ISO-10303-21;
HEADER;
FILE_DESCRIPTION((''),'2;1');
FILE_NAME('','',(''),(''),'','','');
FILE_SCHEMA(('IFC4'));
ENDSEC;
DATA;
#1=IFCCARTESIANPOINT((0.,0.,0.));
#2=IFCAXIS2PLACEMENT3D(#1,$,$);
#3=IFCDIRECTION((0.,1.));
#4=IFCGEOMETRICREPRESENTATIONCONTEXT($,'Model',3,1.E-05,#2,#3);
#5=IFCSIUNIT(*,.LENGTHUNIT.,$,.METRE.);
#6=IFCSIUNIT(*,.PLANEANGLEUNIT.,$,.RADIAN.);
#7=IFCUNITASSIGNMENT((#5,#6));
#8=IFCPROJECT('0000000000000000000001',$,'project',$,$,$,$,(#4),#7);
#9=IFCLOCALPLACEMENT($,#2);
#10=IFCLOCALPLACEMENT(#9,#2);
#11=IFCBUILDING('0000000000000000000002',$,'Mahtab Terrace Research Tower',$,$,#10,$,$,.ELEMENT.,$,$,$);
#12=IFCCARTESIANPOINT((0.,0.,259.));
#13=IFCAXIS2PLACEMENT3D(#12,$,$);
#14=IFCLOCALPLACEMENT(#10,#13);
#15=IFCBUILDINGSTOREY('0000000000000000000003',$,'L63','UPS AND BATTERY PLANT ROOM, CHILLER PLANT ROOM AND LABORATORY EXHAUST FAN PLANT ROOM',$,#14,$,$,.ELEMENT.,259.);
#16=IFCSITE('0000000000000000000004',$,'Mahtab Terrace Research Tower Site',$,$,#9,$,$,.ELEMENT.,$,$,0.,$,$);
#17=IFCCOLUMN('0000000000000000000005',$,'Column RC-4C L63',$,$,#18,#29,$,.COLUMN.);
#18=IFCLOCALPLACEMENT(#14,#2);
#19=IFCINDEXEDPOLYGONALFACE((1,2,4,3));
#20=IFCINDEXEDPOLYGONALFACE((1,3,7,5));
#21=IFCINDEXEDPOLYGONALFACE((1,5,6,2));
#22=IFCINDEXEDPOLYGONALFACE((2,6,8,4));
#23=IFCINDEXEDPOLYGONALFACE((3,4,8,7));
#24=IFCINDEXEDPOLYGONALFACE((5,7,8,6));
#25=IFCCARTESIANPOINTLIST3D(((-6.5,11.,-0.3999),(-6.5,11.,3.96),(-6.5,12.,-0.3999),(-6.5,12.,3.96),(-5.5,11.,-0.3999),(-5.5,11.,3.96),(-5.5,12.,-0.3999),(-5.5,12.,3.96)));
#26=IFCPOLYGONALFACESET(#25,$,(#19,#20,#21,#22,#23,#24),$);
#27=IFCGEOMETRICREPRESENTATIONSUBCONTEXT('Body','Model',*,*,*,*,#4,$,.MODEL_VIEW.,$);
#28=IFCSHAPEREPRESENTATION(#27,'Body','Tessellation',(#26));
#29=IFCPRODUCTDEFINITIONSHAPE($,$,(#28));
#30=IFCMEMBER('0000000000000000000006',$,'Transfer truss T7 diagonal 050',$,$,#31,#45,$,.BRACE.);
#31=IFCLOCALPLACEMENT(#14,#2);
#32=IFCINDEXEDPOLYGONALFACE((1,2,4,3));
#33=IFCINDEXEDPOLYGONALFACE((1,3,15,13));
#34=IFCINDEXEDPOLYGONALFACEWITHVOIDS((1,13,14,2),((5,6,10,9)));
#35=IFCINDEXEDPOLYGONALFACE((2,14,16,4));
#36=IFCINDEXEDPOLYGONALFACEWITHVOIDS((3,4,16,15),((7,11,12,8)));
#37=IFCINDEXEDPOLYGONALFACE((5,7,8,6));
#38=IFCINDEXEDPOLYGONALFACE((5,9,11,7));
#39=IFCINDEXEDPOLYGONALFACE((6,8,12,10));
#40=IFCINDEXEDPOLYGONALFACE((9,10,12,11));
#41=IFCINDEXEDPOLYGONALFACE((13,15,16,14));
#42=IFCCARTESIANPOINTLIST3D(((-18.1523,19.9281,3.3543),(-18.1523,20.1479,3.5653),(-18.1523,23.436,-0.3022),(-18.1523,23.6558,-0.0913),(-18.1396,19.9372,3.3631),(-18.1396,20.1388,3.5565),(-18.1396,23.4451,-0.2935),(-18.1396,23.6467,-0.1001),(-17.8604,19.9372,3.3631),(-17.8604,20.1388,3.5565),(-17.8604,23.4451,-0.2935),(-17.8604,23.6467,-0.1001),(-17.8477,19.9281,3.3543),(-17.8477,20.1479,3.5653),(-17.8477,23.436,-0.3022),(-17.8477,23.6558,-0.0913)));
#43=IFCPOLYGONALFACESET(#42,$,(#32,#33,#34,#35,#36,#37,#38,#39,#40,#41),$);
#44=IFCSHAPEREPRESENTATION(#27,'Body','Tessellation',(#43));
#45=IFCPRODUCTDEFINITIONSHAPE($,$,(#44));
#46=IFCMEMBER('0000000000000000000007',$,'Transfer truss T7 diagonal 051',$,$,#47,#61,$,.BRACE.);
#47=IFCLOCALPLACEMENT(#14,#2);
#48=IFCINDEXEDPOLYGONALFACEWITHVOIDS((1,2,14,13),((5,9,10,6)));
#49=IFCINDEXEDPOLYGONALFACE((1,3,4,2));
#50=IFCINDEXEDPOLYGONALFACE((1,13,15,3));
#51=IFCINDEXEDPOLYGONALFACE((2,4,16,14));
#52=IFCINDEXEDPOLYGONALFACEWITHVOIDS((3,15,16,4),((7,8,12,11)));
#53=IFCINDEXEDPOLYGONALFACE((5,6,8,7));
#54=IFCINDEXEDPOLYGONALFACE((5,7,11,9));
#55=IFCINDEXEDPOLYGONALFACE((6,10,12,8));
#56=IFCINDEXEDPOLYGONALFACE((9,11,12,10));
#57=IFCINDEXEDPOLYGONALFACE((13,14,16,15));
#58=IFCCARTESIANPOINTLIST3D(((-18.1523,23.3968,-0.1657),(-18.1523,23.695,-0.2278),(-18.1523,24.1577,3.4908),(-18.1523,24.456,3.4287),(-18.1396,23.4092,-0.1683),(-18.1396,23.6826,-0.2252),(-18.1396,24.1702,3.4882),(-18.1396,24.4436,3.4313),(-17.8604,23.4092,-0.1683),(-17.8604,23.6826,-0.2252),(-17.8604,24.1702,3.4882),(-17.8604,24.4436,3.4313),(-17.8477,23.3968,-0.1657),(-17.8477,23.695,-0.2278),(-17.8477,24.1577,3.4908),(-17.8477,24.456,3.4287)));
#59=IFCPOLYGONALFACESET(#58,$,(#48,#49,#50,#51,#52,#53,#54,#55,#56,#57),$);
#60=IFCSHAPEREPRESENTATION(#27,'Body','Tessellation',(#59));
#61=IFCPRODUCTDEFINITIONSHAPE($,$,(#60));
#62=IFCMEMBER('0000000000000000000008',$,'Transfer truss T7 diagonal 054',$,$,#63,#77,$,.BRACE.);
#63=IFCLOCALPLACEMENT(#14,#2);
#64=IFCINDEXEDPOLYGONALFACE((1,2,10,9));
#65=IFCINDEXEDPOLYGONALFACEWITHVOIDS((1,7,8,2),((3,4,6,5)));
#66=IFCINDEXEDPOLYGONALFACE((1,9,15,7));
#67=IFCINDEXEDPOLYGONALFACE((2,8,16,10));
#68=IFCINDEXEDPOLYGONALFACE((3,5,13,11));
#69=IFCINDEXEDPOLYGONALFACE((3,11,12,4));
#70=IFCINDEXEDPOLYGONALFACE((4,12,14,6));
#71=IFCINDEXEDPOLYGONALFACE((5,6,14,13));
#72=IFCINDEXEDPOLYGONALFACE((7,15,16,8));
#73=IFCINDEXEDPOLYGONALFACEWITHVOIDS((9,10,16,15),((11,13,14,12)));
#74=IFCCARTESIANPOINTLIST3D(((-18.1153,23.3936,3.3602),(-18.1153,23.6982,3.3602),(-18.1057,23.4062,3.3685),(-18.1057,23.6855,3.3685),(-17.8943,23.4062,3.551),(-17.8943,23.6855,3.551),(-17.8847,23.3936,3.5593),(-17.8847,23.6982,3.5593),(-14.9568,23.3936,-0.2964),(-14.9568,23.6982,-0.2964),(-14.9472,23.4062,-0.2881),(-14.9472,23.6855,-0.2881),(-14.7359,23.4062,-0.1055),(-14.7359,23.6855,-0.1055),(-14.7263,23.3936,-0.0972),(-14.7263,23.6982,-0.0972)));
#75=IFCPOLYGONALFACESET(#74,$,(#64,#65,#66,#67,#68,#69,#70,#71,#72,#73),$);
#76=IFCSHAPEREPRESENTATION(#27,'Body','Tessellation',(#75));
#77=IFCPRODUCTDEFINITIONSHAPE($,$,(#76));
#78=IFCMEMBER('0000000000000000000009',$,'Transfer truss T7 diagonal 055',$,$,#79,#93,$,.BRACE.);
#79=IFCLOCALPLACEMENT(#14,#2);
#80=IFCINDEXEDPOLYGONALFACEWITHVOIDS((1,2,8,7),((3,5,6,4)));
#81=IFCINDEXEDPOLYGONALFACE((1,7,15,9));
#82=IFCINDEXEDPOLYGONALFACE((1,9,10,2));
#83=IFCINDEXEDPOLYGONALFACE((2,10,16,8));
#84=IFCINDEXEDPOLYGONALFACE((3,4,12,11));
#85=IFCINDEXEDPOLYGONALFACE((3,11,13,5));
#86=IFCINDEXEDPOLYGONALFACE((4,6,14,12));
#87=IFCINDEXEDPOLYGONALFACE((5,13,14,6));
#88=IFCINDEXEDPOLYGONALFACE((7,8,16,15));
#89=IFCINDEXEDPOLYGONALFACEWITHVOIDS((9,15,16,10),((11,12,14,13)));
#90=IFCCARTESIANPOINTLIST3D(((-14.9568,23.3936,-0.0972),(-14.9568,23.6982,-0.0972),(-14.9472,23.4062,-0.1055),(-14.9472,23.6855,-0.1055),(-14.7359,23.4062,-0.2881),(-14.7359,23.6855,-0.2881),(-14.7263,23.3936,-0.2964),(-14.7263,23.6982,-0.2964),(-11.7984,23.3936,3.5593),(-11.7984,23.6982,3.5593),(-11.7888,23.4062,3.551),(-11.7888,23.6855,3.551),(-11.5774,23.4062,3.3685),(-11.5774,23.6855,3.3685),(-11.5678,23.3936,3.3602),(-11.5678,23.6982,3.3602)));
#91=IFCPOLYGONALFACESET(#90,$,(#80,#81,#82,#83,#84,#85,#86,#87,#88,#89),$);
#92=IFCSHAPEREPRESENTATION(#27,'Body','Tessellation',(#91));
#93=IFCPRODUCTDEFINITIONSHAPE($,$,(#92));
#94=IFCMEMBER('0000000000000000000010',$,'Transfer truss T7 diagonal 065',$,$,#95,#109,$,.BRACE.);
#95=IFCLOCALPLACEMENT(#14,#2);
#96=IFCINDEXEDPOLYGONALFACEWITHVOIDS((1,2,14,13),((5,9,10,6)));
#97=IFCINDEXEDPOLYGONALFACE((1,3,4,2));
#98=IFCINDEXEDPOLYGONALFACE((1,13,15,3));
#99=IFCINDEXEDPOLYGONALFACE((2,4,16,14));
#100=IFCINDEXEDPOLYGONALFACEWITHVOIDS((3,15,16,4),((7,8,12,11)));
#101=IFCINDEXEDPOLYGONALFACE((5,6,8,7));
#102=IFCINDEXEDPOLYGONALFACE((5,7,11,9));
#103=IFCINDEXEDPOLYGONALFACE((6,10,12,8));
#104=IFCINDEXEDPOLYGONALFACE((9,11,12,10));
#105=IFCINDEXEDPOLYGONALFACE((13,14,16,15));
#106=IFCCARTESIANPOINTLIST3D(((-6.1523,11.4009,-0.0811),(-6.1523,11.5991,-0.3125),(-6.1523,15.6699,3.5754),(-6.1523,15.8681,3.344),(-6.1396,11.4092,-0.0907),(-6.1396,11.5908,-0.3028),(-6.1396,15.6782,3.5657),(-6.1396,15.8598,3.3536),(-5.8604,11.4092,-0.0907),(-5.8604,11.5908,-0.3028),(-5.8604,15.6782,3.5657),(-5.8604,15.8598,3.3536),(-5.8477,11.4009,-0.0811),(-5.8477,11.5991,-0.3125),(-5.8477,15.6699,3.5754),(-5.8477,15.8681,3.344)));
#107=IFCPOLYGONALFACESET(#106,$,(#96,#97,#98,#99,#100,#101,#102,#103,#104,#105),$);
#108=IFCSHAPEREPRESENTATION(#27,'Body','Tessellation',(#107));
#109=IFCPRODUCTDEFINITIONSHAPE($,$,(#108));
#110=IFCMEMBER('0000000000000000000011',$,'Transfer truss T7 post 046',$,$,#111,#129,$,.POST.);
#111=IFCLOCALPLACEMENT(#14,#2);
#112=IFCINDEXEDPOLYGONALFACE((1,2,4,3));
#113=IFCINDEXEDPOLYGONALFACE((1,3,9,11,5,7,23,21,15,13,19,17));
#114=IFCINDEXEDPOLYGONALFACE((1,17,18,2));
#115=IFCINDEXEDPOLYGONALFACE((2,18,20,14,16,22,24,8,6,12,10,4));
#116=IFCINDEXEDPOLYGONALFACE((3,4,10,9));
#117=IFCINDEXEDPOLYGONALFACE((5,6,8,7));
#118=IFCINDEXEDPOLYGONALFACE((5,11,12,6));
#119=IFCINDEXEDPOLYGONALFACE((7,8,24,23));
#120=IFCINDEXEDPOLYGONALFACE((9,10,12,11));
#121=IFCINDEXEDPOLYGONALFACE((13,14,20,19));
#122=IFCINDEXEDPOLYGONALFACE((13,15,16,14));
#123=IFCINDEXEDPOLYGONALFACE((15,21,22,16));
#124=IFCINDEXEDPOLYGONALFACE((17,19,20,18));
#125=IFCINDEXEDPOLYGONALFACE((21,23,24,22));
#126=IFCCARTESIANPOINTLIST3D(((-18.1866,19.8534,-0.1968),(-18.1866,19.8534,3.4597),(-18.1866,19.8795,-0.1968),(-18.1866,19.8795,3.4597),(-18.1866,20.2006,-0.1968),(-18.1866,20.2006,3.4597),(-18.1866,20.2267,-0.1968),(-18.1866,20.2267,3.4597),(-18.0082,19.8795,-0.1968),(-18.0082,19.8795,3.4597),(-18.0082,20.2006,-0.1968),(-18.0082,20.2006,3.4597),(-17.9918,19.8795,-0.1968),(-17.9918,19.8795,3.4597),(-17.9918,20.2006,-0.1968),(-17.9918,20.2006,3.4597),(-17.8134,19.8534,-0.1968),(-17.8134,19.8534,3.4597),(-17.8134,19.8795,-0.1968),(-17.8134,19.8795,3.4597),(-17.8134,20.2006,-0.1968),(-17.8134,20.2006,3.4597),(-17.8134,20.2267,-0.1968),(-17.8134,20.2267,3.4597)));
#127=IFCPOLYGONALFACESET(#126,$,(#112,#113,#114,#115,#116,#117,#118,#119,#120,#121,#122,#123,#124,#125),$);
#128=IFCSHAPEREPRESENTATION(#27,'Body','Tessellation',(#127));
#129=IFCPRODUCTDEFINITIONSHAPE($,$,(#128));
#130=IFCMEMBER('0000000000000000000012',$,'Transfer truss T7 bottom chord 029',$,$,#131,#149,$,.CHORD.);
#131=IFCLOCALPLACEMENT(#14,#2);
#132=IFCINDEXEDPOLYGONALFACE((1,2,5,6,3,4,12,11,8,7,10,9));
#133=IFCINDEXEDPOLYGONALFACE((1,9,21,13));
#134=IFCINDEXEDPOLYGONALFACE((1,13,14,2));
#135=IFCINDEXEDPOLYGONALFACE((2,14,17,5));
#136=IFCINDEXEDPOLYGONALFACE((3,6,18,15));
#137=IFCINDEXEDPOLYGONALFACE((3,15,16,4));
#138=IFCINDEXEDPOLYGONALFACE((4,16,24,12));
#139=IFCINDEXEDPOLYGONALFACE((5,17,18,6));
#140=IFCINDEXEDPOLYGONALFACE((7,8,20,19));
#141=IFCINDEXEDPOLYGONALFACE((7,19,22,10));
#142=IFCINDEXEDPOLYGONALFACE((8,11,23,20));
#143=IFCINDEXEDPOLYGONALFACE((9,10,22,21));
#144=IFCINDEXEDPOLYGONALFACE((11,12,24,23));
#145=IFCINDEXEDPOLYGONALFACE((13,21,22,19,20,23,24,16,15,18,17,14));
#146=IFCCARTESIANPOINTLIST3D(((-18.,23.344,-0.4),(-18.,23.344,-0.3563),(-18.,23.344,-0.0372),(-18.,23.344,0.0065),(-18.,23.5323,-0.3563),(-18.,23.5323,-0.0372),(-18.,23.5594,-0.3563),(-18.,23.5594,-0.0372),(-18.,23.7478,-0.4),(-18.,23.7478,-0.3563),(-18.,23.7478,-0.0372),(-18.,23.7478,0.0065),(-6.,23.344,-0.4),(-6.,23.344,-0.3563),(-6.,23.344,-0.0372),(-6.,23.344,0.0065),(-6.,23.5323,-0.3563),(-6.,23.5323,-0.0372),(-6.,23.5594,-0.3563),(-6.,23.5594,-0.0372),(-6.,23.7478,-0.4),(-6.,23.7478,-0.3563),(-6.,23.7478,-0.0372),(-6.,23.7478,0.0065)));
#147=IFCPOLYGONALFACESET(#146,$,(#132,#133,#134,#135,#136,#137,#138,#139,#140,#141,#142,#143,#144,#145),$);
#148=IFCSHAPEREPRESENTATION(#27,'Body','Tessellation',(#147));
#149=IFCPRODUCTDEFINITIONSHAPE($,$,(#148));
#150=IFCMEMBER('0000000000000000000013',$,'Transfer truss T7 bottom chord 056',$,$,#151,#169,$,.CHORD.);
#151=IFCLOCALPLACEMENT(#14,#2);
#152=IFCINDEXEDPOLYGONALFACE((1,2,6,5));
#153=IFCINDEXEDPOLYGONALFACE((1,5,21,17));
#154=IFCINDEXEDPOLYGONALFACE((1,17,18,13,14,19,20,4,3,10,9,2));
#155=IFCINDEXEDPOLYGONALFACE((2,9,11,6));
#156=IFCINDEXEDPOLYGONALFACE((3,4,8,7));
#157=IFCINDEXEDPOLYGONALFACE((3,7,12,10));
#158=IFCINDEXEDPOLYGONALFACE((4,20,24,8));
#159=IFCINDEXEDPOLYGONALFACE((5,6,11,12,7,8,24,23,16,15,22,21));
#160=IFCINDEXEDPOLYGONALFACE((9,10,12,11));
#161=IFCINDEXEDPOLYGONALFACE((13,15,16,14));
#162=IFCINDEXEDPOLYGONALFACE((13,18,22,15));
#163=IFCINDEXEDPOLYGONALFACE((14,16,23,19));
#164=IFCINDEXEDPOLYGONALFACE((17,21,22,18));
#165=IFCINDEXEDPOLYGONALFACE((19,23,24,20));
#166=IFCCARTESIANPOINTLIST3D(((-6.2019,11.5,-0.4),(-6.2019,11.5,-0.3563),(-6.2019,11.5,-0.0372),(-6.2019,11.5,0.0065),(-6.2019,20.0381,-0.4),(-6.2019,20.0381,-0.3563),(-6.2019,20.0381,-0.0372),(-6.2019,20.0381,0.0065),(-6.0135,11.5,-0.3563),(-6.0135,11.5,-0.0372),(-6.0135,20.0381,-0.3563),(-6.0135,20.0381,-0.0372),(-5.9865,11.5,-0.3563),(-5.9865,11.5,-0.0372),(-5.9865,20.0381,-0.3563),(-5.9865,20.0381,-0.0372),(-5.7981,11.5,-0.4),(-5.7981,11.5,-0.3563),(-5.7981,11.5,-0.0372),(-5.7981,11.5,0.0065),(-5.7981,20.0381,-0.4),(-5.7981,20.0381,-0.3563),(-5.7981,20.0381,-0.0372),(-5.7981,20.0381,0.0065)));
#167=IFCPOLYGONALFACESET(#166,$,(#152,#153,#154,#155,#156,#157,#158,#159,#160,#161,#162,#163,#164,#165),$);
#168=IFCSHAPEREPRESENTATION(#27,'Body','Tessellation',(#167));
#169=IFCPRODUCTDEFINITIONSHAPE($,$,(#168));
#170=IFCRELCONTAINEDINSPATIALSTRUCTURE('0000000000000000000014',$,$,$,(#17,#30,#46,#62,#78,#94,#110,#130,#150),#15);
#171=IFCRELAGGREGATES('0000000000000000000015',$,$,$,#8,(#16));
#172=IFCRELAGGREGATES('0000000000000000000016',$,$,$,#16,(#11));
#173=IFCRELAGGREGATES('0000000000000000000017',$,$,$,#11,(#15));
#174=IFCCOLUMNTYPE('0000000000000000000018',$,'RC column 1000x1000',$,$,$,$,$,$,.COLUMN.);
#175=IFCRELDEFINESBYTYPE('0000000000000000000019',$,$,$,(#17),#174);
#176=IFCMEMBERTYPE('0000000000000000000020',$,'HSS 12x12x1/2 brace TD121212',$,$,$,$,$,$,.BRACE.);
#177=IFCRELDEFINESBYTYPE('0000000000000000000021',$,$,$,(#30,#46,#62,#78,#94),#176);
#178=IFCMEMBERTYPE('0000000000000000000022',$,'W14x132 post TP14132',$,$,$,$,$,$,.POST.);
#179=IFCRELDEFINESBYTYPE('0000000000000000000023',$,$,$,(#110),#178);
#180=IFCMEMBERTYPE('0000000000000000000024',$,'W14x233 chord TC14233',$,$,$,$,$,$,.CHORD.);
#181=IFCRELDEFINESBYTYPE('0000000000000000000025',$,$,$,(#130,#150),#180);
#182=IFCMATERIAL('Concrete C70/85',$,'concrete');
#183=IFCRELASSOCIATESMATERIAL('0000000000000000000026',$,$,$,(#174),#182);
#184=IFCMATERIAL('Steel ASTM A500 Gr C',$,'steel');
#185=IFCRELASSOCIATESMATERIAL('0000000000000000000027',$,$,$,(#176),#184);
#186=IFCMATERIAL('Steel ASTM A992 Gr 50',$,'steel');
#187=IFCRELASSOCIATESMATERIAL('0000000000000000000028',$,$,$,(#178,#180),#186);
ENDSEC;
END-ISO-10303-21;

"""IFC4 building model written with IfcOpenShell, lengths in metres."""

from ifc_helpers import new_model, si_unit, direction, frame, origin, origin_2d, place, context, subcontext, project, spatial, rectangle, hollow_rectangle, i_section, extrude, material, material_profile, profile_set, type_object, element, save


model = new_model("IFC4")

# Units and contexts
model_context = context("Model", 3, precision=1e-05, world=origin(), true_north=direction((0.0, 1.0)))
body_context = subcontext(model_context, "Body", "Model", "MODEL_VIEW")
ifc_project = project(units=[si_unit("LENGTHUNIT", "METRE"), si_unit("PLANEANGLEUNIT", "RADIAN")], contexts=[model_context])

# Site, building, storey
site_placement = place(None, origin())
site = spatial("IfcSite", under=ifc_project, at=site_placement, Name="Mahtab Terrace Research Tower Site", CompositionType="ELEMENT", RefElevation=0.0)
building_placement = place(site_placement, origin())
building = spatial("IfcBuilding", under=site, at=building_placement, Name="Mahtab Terrace Research Tower", CompositionType="ELEMENT")
storey_placement = place(building_placement, frame((0.0, 0.0, 259.0)))
storey = spatial("IfcBuildingStorey", under=building, at=storey_placement, Name="L63", Description="UPS AND BATTERY PLANT ROOM, CHILLER PLANT ROOM AND LABORATORY EXHAUST FAN PLANT ROOM", CompositionType="ELEMENT", Elevation=259.0)

# Column
ifc_material_1 = material(Name="Concrete C70/85", Category="concrete")
ifc_material_profile_1 = material_profile(ifc_material_1, rectangle(XDim=1.0, YDim=1.0, at=origin_2d()), Name="RC column 1000x1000")
ifc_profile_set_1 = profile_set([ifc_material_profile_1], Name="Concrete C70/85")
column_type = type_object("IfcColumnType", Name="RC column 1000x1000", PredefinedType="COLUMN", material=ifc_profile_set_1)
column_placement = place(storey_placement, frame((-6.0, 11.5, -0.3999), z_axis=(0.0, 0.0, 1.0), x_axis=(1.0, 0.0, 0.0)))
element("IfcColumn", 1, at=column_placement, inside=storey, type_object=column_type, Name="Column RC-4C L63", PredefinedType="COLUMN", context=body_context, shape_type="SweptSolid", body=[
    extrude(rectangle(XDim=1.0, YDim=1.0, at=origin_2d()), origin(), (0.0, 0.0, 1.0), 4.3599),
])

# Members
ifc_material_2 = material(Name="Steel ASTM A500 Gr C", Category="steel")
ifc_material_profile_2 = material_profile(ifc_material_2, hollow_rectangle(XDim=0.3047, YDim=0.3047, WallThickness=0.0127, at=origin_2d()), Name="HSS12X12X1/2")
ifc_profile_set_2 = profile_set([ifc_material_profile_2], Name="Steel ASTM A500 Gr C")
member_type_1 = type_object("IfcMemberType", Name="HSS 12x12x1/2 brace TD121212", PredefinedType="BRACE", material=ifc_profile_set_2)
member_1_placement = place(storey_placement, frame((-18.0, 23.5459, -0.1968), z_axis=(0.0, -0.692283, 0.721626), x_axis=(1.0, 0.0, 0.0)))
element("IfcMember", 2, at=member_1_placement, inside=storey, type_object=member_type_1, Name="Transfer truss T7 diagonal 050", PredefinedType="BRACE", context=body_context, shape_type="SweptSolid", body=[
    extrude(hollow_rectangle(XDim=0.3047, YDim=0.3047, WallThickness=0.0127, at=origin_2d()), origin(), (0.0, 0.0, 1.0), 5.0671),
])
member_2_placement = place(storey_placement, frame((-18.0, 23.5459, -0.1968), z_axis=(0.0, 0.203753, 0.979022), x_axis=(-1.0, 0.0, 0.0)))
element("IfcMember", 3, at=member_2_placement, inside=storey, type_object=member_type_1, Name="Transfer truss T7 diagonal 051", PredefinedType="BRACE", context=body_context, shape_type="SweptSolid", body=[
    extrude(hollow_rectangle(XDim=0.3047, YDim=0.3047, WallThickness=0.0127, at=origin_2d()), origin(), (0.0, 0.0, 1.0), 3.7349),
])
for number, where, z_axis, x_axis, name in (
    (4, (-14.8416, 23.5459, -0.1968), (-0.653687, 0.0, 0.756765), (0.0, -1.0, 0.0), "Transfer truss T7 diagonal 054"),
    (5, (-14.8416, 23.5459, -0.1968), (0.653687, 0.0, 0.756765), (0.0, 1.0, 0.0), "Transfer truss T7 diagonal 055"),
):
    element("IfcMember", number, at=place(storey_placement, frame(where, z_axis=z_axis, x_axis=x_axis)), inside=storey, type_object=member_type_1, Name=name, PredefinedType="BRACE", context=body_context, shape_type="SweptSolid", body=[
        extrude(hollow_rectangle(XDim=0.3047, YDim=0.3047, WallThickness=0.0127, at=origin_2d()), origin(), (0.0, 0.0, 1.0), 4.8318),
    ])
member_3_placement = place(storey_placement, frame((-6.0, 11.5, -0.1968), z_axis=(0.0, 0.759493, 0.650516), x_axis=(-1.0, 0.0, 0.0)))
element("IfcMember", 6, at=member_3_placement, inside=storey, type_object=member_type_1, Name="Transfer truss T7 diagonal 065", PredefinedType="BRACE", context=body_context, shape_type="SweptSolid", body=[
    extrude(hollow_rectangle(XDim=0.3047, YDim=0.3047, WallThickness=0.0127, at=origin_2d()), origin(), (0.0, 0.0, 1.0), 5.6208),
])
ifc_material_3 = material(Name="Steel ASTM A992 Gr 50", Category="steel")
ifc_material_profile_3 = material_profile(ifc_material_3, i_section(OverallWidth=0.3733, OverallDepth=0.3733, WebThickness=0.0164, FlangeThickness=0.0261, at=origin_2d()), Name="W14X132")
ifc_profile_set_3 = profile_set([ifc_material_profile_3], Name="Steel ASTM A992 Gr 50")
member_type_2 = type_object("IfcMemberType", Name="W14x132 post TP14132", PredefinedType="POST", material=ifc_profile_set_3)
member_4_placement = place(storey_placement, frame((-18.0, 20.04, -0.1968), z_axis=(0.0, 0.0, 1.0), x_axis=(1.0, 0.0, 0.0)))
element("IfcMember", 7, at=member_4_placement, inside=storey, type_object=member_type_2, Name="Transfer truss T7 post 046", PredefinedType="POST", context=body_context, shape_type="SweptSolid", body=[
    extrude(i_section(OverallWidth=0.3733, OverallDepth=0.3733, WebThickness=0.0164, FlangeThickness=0.0261, at=origin_2d()), origin(), (0.0, 0.0, 1.0), 3.6565),
])
ifc_material_profile_4 = material_profile(ifc_material_3, i_section(OverallWidth=0.4038, OverallDepth=0.4065, WebThickness=0.0271, FlangeThickness=0.0437, at=origin_2d()), Name="W14X233")
ifc_profile_set_4 = profile_set([ifc_material_profile_4], Name="Steel ASTM A992 Gr 50")
member_type_3 = type_object("IfcMemberType", Name="W14x233 chord TC14233", PredefinedType="CHORD", material=ifc_profile_set_4)
member_5_placement = place(storey_placement, frame((-18.0, 23.5459, -0.1968), z_axis=(1.0, 0.0, 0.0), x_axis=(0.0, 1.0, 0.0)))
element("IfcMember", 8, at=member_5_placement, inside=storey, type_object=member_type_3, Name="Transfer truss T7 bottom chord 029", PredefinedType="CHORD", context=body_context, shape_type="SweptSolid", body=[
    extrude(i_section(OverallWidth=0.4038, OverallDepth=0.4065, WebThickness=0.0271, FlangeThickness=0.0437, at=origin_2d()), origin(), (0.0, 0.0, 1.0), 12.0),
])
member_6_placement = place(storey_placement, frame((-6.0, 11.5, -0.1968), z_axis=(0.0, 1.0, 0.0), x_axis=(-1.0, 0.0, 0.0)))
element("IfcMember", 9, at=member_6_placement, inside=storey, type_object=member_type_3, Name="Transfer truss T7 bottom chord 056", PredefinedType="CHORD", context=body_context, shape_type="SweptSolid", body=[
    extrude(i_section(OverallWidth=0.4038, OverallDepth=0.4065, WebThickness=0.0271, FlangeThickness=0.0437, at=origin_2d()), origin(), (0.0, 0.0, 1.0), 8.5381),
])

save(model, "model.ifc")
